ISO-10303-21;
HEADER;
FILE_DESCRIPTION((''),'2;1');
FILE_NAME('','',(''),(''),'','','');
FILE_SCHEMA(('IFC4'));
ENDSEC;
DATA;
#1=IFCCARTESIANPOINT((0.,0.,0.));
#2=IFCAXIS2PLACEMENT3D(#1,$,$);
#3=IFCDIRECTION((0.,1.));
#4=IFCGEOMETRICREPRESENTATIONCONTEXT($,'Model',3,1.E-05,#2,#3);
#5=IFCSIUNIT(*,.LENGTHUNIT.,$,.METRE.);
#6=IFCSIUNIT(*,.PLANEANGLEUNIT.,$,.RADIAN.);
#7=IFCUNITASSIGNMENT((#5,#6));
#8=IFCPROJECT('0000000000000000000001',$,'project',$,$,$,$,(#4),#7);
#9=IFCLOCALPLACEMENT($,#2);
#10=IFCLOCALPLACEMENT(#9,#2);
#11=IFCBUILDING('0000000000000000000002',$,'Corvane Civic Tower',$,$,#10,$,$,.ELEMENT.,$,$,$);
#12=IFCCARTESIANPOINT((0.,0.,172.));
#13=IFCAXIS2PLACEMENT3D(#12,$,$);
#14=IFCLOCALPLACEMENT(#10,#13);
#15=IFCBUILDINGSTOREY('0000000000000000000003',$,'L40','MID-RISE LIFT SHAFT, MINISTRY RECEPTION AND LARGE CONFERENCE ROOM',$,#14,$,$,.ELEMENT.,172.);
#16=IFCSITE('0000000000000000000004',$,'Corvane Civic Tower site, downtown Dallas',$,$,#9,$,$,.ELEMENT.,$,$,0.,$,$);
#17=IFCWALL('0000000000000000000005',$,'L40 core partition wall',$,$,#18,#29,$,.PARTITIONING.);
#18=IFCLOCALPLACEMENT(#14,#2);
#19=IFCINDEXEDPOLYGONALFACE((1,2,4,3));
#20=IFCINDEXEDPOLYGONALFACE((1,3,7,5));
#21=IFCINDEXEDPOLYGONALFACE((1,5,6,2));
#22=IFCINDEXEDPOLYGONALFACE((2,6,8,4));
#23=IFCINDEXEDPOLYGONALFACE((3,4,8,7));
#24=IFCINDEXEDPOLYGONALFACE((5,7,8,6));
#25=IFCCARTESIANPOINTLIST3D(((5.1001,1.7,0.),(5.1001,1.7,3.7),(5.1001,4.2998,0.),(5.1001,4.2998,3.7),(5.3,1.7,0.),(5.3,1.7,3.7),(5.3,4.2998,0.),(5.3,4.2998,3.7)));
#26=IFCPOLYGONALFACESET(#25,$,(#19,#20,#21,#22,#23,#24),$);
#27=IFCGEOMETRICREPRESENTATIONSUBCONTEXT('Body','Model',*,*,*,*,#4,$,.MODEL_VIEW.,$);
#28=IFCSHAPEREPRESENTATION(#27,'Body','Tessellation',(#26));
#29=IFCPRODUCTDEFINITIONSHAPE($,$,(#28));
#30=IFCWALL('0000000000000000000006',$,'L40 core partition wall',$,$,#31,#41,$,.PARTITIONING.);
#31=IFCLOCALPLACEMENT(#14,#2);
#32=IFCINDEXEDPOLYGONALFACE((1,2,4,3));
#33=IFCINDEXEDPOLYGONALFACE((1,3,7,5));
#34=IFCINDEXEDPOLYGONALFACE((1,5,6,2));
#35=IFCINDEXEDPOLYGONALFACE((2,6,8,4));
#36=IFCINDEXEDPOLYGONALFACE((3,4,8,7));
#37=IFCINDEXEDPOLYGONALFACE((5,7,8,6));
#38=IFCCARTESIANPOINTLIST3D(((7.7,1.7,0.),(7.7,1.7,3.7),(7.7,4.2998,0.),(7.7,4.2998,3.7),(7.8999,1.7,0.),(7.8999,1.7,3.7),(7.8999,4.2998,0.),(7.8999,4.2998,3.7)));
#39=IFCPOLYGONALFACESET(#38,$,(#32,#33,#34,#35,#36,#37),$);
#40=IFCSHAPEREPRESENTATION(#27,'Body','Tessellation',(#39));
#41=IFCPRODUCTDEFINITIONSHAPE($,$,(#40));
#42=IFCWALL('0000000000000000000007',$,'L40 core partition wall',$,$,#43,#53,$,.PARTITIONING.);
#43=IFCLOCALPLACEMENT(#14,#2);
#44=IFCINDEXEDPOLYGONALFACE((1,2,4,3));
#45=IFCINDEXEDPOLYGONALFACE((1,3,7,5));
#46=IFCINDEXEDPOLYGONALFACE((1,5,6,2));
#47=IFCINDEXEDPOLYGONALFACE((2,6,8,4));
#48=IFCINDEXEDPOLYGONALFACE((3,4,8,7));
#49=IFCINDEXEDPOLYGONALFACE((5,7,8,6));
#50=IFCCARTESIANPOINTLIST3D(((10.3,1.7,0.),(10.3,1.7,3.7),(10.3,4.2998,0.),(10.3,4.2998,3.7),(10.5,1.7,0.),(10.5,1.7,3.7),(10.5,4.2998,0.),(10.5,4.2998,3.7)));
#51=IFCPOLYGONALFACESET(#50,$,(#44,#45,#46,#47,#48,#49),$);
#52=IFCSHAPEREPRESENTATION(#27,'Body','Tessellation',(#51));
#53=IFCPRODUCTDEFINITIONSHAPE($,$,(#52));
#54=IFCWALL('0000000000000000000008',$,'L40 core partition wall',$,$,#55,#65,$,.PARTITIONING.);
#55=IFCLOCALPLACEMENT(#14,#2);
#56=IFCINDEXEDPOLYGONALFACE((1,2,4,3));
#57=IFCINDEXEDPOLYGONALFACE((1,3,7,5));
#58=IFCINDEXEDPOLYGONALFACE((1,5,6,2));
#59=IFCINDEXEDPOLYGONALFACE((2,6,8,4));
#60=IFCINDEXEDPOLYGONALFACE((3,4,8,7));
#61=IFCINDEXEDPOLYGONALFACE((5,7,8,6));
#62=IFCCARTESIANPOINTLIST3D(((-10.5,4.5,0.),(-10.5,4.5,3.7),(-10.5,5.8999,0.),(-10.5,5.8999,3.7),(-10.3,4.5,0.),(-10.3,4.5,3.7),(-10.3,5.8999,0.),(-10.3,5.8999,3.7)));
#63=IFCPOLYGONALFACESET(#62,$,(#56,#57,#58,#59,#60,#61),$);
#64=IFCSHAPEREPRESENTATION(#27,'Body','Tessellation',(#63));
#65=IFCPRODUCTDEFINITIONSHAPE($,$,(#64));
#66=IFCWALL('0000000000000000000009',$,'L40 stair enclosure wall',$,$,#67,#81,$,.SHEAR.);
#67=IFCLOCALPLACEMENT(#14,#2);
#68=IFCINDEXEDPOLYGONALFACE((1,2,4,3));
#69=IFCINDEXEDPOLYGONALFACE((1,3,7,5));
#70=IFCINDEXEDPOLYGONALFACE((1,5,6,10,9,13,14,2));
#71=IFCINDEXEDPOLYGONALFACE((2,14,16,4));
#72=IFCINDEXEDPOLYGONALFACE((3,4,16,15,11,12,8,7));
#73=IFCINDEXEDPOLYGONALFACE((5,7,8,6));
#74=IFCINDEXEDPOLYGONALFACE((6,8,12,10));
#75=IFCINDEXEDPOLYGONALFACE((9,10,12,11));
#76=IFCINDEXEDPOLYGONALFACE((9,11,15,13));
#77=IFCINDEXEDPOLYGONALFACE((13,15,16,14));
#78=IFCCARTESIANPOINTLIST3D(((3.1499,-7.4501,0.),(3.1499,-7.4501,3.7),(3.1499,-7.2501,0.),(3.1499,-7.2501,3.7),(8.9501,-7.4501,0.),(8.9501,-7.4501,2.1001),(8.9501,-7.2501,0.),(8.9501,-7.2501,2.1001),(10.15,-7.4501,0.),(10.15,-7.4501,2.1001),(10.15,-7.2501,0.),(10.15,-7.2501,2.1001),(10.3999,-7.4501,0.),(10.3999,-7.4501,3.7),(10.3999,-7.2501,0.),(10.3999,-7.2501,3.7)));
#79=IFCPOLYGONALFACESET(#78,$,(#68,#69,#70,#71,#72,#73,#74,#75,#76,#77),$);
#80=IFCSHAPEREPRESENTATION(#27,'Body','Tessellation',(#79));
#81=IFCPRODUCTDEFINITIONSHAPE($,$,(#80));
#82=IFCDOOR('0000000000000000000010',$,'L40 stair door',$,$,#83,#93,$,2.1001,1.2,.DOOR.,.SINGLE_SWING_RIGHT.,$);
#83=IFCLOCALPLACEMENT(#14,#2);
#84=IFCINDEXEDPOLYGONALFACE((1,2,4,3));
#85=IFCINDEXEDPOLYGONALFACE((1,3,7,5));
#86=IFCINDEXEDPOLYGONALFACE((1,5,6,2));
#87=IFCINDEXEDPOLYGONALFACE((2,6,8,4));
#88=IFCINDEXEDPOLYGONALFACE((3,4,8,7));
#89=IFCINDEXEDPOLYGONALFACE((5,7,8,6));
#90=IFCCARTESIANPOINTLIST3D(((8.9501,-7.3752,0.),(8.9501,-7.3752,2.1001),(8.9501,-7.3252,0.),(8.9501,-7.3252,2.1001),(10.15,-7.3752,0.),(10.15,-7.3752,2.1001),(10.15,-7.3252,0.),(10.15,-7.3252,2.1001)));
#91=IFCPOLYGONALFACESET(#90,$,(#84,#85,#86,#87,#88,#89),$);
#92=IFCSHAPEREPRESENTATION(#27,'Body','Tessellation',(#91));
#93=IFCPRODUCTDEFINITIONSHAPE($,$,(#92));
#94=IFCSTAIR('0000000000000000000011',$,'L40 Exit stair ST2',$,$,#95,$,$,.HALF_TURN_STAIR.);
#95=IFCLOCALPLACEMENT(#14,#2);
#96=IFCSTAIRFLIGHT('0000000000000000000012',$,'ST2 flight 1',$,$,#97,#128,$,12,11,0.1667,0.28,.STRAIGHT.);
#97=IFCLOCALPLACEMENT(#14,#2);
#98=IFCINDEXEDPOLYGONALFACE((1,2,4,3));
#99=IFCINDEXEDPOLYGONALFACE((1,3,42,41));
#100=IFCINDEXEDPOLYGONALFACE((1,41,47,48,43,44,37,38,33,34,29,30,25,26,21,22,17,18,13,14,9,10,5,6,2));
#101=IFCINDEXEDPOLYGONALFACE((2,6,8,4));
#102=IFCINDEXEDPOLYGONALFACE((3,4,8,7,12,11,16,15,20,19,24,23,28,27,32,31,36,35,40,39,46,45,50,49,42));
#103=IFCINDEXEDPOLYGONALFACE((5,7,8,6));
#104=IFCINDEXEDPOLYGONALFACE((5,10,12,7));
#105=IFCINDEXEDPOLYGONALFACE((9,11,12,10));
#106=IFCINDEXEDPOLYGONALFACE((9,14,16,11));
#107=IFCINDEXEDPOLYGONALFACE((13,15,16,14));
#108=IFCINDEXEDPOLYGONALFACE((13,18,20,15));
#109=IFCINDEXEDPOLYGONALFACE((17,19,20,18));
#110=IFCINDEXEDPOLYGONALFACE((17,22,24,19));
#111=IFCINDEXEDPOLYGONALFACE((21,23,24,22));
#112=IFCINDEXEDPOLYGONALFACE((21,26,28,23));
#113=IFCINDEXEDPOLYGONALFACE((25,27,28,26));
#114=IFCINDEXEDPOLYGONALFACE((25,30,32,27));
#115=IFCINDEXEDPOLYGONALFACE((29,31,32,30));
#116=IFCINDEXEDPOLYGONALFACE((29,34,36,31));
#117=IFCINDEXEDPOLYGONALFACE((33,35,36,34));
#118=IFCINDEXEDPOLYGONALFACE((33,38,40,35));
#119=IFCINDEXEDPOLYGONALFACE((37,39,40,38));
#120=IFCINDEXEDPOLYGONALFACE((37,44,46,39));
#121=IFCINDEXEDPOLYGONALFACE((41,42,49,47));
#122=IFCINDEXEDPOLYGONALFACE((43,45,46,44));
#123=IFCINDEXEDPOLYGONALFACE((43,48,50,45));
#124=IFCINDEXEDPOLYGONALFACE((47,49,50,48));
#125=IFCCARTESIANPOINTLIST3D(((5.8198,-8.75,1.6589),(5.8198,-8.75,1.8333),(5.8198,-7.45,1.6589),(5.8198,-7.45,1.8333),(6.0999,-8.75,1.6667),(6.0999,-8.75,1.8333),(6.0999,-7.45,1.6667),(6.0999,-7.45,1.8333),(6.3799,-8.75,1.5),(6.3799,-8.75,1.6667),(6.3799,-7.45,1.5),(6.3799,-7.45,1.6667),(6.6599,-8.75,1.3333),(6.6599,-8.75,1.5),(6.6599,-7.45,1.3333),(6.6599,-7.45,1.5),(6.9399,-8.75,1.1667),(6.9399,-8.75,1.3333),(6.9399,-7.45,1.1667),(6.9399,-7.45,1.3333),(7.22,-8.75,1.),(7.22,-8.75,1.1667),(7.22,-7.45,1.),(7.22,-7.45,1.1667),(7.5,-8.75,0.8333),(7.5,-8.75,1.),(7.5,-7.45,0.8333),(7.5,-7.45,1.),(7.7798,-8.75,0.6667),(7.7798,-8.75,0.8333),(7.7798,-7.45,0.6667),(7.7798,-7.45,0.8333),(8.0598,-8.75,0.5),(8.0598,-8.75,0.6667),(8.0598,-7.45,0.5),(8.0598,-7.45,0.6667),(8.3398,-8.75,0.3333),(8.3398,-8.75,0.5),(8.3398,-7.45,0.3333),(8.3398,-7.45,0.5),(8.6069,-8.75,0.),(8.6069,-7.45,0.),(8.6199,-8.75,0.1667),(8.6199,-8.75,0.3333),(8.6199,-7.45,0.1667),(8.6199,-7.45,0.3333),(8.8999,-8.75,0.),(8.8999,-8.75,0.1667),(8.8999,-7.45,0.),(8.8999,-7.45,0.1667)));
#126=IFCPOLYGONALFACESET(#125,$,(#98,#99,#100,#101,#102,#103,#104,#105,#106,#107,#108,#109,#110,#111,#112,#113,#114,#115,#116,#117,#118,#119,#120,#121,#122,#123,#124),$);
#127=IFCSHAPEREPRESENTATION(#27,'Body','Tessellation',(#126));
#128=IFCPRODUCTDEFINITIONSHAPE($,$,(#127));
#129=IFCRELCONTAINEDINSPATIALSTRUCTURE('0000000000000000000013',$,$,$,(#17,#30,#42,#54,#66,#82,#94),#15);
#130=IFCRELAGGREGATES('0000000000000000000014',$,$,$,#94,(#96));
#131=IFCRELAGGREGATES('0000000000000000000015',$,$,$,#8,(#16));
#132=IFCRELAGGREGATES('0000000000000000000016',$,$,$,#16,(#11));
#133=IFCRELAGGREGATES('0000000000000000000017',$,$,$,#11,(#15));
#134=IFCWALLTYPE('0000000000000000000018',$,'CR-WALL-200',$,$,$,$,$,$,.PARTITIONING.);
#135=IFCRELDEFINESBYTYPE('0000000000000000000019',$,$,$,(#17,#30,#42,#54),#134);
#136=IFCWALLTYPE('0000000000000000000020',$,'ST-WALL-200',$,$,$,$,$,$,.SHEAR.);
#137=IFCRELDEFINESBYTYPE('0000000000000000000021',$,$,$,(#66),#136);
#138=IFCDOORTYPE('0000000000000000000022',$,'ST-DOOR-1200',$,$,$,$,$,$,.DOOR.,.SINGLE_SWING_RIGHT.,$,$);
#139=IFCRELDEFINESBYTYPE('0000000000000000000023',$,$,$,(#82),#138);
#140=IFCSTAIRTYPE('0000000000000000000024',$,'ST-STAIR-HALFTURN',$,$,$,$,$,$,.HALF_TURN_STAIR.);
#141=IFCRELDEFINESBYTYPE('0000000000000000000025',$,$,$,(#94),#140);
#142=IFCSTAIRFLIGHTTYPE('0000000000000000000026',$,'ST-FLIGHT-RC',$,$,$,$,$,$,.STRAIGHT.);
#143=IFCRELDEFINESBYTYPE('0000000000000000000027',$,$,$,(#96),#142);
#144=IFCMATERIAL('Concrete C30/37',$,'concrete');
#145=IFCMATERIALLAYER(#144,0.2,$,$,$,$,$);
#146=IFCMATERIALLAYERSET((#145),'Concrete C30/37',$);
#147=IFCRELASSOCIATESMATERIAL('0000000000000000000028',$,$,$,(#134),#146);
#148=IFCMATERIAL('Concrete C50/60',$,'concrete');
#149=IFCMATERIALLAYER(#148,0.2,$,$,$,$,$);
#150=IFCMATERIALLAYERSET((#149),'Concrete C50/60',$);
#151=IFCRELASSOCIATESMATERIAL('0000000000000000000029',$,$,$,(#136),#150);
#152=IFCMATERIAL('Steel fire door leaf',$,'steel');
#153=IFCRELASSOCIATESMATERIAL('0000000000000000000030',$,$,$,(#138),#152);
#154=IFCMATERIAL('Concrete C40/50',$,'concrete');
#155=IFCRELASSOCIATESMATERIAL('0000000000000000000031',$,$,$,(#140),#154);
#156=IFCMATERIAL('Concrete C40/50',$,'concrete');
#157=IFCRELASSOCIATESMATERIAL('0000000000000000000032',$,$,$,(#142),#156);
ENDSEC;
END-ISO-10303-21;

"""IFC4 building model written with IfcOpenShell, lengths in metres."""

from ifc_helpers import new_model, si_unit, direction, frame, frame_2d, origin, place, context, subcontext, project, spatial, polyline, rectangle, outline, extrude, material, layer, layer_set, type_object, element, fill, aggregate, save


model = new_model("IFC4")

# Units and contexts
model_context = context("Model", 3, precision=1e-05, world=origin(), true_north=direction((0.0, 1.0)))
body_context = subcontext(model_context, "Body", "Model", "MODEL_VIEW")
ifc_project = project(units=[si_unit("LENGTHUNIT", "METRE"), si_unit("PLANEANGLEUNIT", "RADIAN")], contexts=[model_context])

# Site, building, storey
site_placement = place(None, origin())
site = spatial("IfcSite", under=ifc_project, at=site_placement, Name="Corvane Civic Tower site, downtown Dallas", CompositionType="ELEMENT", RefElevation=0.0)
building_placement = place(site_placement, origin())
building = spatial("IfcBuilding", under=site, at=building_placement, Name="Corvane Civic Tower", CompositionType="ELEMENT")
storey_placement = place(building_placement, frame((0.0, 0.0, 172.0)))
storey = spatial("IfcBuildingStorey", under=building, at=storey_placement, Name="L40", Description="MID-RISE LIFT SHAFT, MINISTRY RECEPTION AND LARGE CONFERENCE ROOM", CompositionType="ELEMENT", Elevation=172.0)

# Shared definitions
ifc_material_1 = material(Name="Concrete C30/37", Category="concrete")
ifc_layer_1 = layer(ifc_material_1, 0.2)
ifc_layer_set_1 = layer_set([ifc_layer_1], Name="Concrete C30/37")
wall_type_1 = type_object("IfcWallType", Name="CR-WALL-200", PredefinedType="PARTITIONING", material=ifc_layer_set_1)

# Walls
wall_1_placement = place(storey_placement, origin())
element("IfcWall", 1, at=wall_1_placement, inside=storey, type_object=wall_type_1, Name="L40 core partition wall", PredefinedType="PARTITIONING", context=body_context, shape_type="SweptSolid", body=[
    extrude(outline(polyline([(5.3, 1.7), (5.1001, 1.7), (5.1001, 4.2998), (5.3, 4.2998), (5.3, 1.7)])), origin(), (0.0, 0.0, 1.0), 3.7),
])
wall_2_placement = place(storey_placement, origin())
element("IfcWall", 2, at=wall_2_placement, inside=storey, type_object=wall_type_1, Name="L40 core partition wall", PredefinedType="PARTITIONING", context=body_context, shape_type="SweptSolid", body=[
    extrude(outline(polyline([(7.8999, 1.7), (7.7, 1.7), (7.7, 4.2998), (7.8999, 4.2998), (7.8999, 1.7)])), origin(), (0.0, 0.0, 1.0), 3.7),
])
wall_3_placement = place(storey_placement, origin())
element("IfcWall", 3, at=wall_3_placement, inside=storey, type_object=wall_type_1, Name="L40 core partition wall", PredefinedType="PARTITIONING", context=body_context, shape_type="SweptSolid", body=[
    extrude(outline(polyline([(10.5, 1.7), (10.3, 1.7), (10.3, 4.2998), (10.5, 4.2998), (10.5, 1.7)])), origin(), (0.0, 0.0, 1.0), 3.7),
])
wall_4_placement = place(storey_placement, origin())
element("IfcWall", 4, at=wall_4_placement, inside=storey, type_object=wall_type_1, Name="L40 core partition wall", PredefinedType="PARTITIONING", context=body_context, shape_type="SweptSolid", body=[
    extrude(outline(polyline([(-10.3, 4.5), (-10.5, 4.5), (-10.5, 5.8999), (-10.3, 5.8999), (-10.3, 4.5)])), origin(), (0.0, 0.0, 1.0), 3.7),
])

# Wall, opening, door
ifc_material_2 = material(Name="Concrete C50/60", Category="concrete")
ifc_layer_2 = layer(ifc_material_2, 0.2)
ifc_layer_set_2 = layer_set([ifc_layer_2], Name="Concrete C50/60")
wall_type_2 = type_object("IfcWallType", Name="ST-WALL-200", PredefinedType="SHEAR", material=ifc_layer_set_2)
wall_5_placement = place(storey_placement, frame((3.1499, -7.3501, 0.0), z_axis=(0.0, 0.0, 1.0), x_axis=(1.0, 0.0, 0.0)))
wall_5 = element("IfcWall", 5, at=wall_5_placement, inside=storey, type_object=wall_type_2, Name="L40 stair enclosure wall", PredefinedType="SHEAR", context=body_context, shape_type="SweptSolid", body=[
    extrude(rectangle(XDim=7.25, YDim=0.2, at=frame_2d((3.625, 0.0))), origin(), (0.0, 0.0, 1.0), 3.7),
])
opening_1_placement = place(wall_5_placement, frame((5.8, 0.0, 0.0)))
opening_1 = element("IfcOpeningElement", 6, at=opening_1_placement, cuts=wall_5, PredefinedType="OPENING", context=body_context, shape_type="SweptSolid", body=[
    extrude(rectangle(XDim=1.2, YDim=2.1001, at=frame_2d((0.6001, 1.05))), frame((0.0, 0.1099, 0.0), z_axis=(0.0, -1.0, 0.0), x_axis=(1.0, 0.0, 0.0)), (0.0, 0.0, 1.0), 0.22),
])
ifc_material_3 = material(Name="Steel fire door leaf", Category="steel")
door_type_1 = type_object("IfcDoorType", Name="ST-DOOR-1200", OperationType="SINGLE_SWING_RIGHT", PredefinedType="DOOR", material=ifc_material_3)
door_1_placement = place(opening_1_placement, origin())
door_1 = element("IfcDoor", 7, at=door_1_placement, inside=storey, type_object=door_type_1, Name="L40 stair door", OperationType="SINGLE_SWING_RIGHT", OverallHeight=2.1001, OverallWidth=1.2, PredefinedType="DOOR", context=body_context, shape_type="SweptSolid", body=[
    extrude(rectangle(XDim=1.2, YDim=2.1001, at=frame_2d((0.6001, 1.05))), frame((0.0, 0.0249, 0.0), z_axis=(0.0, -1.0, 0.0), x_axis=(1.0, 0.0, 0.0)), (0.0, 0.0, 1.0), 0.05),
])
fill(opening_1, door_1)

# Stair, stair flight
ifc_material_4 = material(Name="Concrete C40/50", Category="concrete")
stair_type = type_object("IfcStairType", Name="ST-STAIR-HALFTURN", PredefinedType="HALF_TURN_STAIR", material=ifc_material_4)
stair_placement = place(storey_placement, origin())
stair = element("IfcStair", 8, at=stair_placement, inside=storey, type_object=stair_type, Name="L40 Exit stair ST2", PredefinedType="HALF_TURN_STAIR")
ifc_material_5 = material(Name="Concrete C40/50", Category="concrete")
stair_flight_type = type_object("IfcStairFlightType", Name="ST-FLIGHT-RC", PredefinedType="STRAIGHT", material=ifc_material_5)
stair_flight_placement = place(storey_placement, frame((8.8999, -8.1001, 0.0), z_axis=(0.0, 0.0, 1.0), x_axis=(-1.0, 0.0, 0.0)))
stair_flight = element("IfcStairFlight", 9, at=stair_flight_placement, type_object=stair_flight_type, Name="ST2 flight 1", NumberOfRisers=12, NumberOfTreads=11, PredefinedType="STRAIGHT", RiserHeight=0.1667, TreadLength=0.28, context=body_context, shape_type="SweptSolid", body=[
    extrude(outline(polyline([(0.0, 0.0), (0.0, 0.1667), (0.28, 0.1667), (0.28, 0.3333), (0.5601, 0.3333), (0.5601, 0.5), (0.8401, 0.5), (0.8401, 0.6667), (1.1201, 0.6667), (1.1201, 0.8333), (1.3999, 0.8333), (1.3999, 1.0), (1.6799, 1.0), (1.6799, 1.1667), (1.96, 1.1667), (1.96, 1.3333), (2.24, 1.3333), (2.24, 1.5), (2.52, 1.5), (2.52, 1.6667), (2.8, 1.6667), (2.8, 1.8333), (3.0801, 1.8333), (3.0801, 2.0), (3.0801, 1.6589), (0.293, 0.0), (0.0, 0.0)])), frame((0.0, 0.6499, 0.0), z_axis=(0.0, -1.0, 0.0), x_axis=(1.0, 0.0, 0.0)), (0.0, 0.0, 1.0), 1.3),
])
aggregate(stair, [stair_flight])

save(model, "model.ifc")
